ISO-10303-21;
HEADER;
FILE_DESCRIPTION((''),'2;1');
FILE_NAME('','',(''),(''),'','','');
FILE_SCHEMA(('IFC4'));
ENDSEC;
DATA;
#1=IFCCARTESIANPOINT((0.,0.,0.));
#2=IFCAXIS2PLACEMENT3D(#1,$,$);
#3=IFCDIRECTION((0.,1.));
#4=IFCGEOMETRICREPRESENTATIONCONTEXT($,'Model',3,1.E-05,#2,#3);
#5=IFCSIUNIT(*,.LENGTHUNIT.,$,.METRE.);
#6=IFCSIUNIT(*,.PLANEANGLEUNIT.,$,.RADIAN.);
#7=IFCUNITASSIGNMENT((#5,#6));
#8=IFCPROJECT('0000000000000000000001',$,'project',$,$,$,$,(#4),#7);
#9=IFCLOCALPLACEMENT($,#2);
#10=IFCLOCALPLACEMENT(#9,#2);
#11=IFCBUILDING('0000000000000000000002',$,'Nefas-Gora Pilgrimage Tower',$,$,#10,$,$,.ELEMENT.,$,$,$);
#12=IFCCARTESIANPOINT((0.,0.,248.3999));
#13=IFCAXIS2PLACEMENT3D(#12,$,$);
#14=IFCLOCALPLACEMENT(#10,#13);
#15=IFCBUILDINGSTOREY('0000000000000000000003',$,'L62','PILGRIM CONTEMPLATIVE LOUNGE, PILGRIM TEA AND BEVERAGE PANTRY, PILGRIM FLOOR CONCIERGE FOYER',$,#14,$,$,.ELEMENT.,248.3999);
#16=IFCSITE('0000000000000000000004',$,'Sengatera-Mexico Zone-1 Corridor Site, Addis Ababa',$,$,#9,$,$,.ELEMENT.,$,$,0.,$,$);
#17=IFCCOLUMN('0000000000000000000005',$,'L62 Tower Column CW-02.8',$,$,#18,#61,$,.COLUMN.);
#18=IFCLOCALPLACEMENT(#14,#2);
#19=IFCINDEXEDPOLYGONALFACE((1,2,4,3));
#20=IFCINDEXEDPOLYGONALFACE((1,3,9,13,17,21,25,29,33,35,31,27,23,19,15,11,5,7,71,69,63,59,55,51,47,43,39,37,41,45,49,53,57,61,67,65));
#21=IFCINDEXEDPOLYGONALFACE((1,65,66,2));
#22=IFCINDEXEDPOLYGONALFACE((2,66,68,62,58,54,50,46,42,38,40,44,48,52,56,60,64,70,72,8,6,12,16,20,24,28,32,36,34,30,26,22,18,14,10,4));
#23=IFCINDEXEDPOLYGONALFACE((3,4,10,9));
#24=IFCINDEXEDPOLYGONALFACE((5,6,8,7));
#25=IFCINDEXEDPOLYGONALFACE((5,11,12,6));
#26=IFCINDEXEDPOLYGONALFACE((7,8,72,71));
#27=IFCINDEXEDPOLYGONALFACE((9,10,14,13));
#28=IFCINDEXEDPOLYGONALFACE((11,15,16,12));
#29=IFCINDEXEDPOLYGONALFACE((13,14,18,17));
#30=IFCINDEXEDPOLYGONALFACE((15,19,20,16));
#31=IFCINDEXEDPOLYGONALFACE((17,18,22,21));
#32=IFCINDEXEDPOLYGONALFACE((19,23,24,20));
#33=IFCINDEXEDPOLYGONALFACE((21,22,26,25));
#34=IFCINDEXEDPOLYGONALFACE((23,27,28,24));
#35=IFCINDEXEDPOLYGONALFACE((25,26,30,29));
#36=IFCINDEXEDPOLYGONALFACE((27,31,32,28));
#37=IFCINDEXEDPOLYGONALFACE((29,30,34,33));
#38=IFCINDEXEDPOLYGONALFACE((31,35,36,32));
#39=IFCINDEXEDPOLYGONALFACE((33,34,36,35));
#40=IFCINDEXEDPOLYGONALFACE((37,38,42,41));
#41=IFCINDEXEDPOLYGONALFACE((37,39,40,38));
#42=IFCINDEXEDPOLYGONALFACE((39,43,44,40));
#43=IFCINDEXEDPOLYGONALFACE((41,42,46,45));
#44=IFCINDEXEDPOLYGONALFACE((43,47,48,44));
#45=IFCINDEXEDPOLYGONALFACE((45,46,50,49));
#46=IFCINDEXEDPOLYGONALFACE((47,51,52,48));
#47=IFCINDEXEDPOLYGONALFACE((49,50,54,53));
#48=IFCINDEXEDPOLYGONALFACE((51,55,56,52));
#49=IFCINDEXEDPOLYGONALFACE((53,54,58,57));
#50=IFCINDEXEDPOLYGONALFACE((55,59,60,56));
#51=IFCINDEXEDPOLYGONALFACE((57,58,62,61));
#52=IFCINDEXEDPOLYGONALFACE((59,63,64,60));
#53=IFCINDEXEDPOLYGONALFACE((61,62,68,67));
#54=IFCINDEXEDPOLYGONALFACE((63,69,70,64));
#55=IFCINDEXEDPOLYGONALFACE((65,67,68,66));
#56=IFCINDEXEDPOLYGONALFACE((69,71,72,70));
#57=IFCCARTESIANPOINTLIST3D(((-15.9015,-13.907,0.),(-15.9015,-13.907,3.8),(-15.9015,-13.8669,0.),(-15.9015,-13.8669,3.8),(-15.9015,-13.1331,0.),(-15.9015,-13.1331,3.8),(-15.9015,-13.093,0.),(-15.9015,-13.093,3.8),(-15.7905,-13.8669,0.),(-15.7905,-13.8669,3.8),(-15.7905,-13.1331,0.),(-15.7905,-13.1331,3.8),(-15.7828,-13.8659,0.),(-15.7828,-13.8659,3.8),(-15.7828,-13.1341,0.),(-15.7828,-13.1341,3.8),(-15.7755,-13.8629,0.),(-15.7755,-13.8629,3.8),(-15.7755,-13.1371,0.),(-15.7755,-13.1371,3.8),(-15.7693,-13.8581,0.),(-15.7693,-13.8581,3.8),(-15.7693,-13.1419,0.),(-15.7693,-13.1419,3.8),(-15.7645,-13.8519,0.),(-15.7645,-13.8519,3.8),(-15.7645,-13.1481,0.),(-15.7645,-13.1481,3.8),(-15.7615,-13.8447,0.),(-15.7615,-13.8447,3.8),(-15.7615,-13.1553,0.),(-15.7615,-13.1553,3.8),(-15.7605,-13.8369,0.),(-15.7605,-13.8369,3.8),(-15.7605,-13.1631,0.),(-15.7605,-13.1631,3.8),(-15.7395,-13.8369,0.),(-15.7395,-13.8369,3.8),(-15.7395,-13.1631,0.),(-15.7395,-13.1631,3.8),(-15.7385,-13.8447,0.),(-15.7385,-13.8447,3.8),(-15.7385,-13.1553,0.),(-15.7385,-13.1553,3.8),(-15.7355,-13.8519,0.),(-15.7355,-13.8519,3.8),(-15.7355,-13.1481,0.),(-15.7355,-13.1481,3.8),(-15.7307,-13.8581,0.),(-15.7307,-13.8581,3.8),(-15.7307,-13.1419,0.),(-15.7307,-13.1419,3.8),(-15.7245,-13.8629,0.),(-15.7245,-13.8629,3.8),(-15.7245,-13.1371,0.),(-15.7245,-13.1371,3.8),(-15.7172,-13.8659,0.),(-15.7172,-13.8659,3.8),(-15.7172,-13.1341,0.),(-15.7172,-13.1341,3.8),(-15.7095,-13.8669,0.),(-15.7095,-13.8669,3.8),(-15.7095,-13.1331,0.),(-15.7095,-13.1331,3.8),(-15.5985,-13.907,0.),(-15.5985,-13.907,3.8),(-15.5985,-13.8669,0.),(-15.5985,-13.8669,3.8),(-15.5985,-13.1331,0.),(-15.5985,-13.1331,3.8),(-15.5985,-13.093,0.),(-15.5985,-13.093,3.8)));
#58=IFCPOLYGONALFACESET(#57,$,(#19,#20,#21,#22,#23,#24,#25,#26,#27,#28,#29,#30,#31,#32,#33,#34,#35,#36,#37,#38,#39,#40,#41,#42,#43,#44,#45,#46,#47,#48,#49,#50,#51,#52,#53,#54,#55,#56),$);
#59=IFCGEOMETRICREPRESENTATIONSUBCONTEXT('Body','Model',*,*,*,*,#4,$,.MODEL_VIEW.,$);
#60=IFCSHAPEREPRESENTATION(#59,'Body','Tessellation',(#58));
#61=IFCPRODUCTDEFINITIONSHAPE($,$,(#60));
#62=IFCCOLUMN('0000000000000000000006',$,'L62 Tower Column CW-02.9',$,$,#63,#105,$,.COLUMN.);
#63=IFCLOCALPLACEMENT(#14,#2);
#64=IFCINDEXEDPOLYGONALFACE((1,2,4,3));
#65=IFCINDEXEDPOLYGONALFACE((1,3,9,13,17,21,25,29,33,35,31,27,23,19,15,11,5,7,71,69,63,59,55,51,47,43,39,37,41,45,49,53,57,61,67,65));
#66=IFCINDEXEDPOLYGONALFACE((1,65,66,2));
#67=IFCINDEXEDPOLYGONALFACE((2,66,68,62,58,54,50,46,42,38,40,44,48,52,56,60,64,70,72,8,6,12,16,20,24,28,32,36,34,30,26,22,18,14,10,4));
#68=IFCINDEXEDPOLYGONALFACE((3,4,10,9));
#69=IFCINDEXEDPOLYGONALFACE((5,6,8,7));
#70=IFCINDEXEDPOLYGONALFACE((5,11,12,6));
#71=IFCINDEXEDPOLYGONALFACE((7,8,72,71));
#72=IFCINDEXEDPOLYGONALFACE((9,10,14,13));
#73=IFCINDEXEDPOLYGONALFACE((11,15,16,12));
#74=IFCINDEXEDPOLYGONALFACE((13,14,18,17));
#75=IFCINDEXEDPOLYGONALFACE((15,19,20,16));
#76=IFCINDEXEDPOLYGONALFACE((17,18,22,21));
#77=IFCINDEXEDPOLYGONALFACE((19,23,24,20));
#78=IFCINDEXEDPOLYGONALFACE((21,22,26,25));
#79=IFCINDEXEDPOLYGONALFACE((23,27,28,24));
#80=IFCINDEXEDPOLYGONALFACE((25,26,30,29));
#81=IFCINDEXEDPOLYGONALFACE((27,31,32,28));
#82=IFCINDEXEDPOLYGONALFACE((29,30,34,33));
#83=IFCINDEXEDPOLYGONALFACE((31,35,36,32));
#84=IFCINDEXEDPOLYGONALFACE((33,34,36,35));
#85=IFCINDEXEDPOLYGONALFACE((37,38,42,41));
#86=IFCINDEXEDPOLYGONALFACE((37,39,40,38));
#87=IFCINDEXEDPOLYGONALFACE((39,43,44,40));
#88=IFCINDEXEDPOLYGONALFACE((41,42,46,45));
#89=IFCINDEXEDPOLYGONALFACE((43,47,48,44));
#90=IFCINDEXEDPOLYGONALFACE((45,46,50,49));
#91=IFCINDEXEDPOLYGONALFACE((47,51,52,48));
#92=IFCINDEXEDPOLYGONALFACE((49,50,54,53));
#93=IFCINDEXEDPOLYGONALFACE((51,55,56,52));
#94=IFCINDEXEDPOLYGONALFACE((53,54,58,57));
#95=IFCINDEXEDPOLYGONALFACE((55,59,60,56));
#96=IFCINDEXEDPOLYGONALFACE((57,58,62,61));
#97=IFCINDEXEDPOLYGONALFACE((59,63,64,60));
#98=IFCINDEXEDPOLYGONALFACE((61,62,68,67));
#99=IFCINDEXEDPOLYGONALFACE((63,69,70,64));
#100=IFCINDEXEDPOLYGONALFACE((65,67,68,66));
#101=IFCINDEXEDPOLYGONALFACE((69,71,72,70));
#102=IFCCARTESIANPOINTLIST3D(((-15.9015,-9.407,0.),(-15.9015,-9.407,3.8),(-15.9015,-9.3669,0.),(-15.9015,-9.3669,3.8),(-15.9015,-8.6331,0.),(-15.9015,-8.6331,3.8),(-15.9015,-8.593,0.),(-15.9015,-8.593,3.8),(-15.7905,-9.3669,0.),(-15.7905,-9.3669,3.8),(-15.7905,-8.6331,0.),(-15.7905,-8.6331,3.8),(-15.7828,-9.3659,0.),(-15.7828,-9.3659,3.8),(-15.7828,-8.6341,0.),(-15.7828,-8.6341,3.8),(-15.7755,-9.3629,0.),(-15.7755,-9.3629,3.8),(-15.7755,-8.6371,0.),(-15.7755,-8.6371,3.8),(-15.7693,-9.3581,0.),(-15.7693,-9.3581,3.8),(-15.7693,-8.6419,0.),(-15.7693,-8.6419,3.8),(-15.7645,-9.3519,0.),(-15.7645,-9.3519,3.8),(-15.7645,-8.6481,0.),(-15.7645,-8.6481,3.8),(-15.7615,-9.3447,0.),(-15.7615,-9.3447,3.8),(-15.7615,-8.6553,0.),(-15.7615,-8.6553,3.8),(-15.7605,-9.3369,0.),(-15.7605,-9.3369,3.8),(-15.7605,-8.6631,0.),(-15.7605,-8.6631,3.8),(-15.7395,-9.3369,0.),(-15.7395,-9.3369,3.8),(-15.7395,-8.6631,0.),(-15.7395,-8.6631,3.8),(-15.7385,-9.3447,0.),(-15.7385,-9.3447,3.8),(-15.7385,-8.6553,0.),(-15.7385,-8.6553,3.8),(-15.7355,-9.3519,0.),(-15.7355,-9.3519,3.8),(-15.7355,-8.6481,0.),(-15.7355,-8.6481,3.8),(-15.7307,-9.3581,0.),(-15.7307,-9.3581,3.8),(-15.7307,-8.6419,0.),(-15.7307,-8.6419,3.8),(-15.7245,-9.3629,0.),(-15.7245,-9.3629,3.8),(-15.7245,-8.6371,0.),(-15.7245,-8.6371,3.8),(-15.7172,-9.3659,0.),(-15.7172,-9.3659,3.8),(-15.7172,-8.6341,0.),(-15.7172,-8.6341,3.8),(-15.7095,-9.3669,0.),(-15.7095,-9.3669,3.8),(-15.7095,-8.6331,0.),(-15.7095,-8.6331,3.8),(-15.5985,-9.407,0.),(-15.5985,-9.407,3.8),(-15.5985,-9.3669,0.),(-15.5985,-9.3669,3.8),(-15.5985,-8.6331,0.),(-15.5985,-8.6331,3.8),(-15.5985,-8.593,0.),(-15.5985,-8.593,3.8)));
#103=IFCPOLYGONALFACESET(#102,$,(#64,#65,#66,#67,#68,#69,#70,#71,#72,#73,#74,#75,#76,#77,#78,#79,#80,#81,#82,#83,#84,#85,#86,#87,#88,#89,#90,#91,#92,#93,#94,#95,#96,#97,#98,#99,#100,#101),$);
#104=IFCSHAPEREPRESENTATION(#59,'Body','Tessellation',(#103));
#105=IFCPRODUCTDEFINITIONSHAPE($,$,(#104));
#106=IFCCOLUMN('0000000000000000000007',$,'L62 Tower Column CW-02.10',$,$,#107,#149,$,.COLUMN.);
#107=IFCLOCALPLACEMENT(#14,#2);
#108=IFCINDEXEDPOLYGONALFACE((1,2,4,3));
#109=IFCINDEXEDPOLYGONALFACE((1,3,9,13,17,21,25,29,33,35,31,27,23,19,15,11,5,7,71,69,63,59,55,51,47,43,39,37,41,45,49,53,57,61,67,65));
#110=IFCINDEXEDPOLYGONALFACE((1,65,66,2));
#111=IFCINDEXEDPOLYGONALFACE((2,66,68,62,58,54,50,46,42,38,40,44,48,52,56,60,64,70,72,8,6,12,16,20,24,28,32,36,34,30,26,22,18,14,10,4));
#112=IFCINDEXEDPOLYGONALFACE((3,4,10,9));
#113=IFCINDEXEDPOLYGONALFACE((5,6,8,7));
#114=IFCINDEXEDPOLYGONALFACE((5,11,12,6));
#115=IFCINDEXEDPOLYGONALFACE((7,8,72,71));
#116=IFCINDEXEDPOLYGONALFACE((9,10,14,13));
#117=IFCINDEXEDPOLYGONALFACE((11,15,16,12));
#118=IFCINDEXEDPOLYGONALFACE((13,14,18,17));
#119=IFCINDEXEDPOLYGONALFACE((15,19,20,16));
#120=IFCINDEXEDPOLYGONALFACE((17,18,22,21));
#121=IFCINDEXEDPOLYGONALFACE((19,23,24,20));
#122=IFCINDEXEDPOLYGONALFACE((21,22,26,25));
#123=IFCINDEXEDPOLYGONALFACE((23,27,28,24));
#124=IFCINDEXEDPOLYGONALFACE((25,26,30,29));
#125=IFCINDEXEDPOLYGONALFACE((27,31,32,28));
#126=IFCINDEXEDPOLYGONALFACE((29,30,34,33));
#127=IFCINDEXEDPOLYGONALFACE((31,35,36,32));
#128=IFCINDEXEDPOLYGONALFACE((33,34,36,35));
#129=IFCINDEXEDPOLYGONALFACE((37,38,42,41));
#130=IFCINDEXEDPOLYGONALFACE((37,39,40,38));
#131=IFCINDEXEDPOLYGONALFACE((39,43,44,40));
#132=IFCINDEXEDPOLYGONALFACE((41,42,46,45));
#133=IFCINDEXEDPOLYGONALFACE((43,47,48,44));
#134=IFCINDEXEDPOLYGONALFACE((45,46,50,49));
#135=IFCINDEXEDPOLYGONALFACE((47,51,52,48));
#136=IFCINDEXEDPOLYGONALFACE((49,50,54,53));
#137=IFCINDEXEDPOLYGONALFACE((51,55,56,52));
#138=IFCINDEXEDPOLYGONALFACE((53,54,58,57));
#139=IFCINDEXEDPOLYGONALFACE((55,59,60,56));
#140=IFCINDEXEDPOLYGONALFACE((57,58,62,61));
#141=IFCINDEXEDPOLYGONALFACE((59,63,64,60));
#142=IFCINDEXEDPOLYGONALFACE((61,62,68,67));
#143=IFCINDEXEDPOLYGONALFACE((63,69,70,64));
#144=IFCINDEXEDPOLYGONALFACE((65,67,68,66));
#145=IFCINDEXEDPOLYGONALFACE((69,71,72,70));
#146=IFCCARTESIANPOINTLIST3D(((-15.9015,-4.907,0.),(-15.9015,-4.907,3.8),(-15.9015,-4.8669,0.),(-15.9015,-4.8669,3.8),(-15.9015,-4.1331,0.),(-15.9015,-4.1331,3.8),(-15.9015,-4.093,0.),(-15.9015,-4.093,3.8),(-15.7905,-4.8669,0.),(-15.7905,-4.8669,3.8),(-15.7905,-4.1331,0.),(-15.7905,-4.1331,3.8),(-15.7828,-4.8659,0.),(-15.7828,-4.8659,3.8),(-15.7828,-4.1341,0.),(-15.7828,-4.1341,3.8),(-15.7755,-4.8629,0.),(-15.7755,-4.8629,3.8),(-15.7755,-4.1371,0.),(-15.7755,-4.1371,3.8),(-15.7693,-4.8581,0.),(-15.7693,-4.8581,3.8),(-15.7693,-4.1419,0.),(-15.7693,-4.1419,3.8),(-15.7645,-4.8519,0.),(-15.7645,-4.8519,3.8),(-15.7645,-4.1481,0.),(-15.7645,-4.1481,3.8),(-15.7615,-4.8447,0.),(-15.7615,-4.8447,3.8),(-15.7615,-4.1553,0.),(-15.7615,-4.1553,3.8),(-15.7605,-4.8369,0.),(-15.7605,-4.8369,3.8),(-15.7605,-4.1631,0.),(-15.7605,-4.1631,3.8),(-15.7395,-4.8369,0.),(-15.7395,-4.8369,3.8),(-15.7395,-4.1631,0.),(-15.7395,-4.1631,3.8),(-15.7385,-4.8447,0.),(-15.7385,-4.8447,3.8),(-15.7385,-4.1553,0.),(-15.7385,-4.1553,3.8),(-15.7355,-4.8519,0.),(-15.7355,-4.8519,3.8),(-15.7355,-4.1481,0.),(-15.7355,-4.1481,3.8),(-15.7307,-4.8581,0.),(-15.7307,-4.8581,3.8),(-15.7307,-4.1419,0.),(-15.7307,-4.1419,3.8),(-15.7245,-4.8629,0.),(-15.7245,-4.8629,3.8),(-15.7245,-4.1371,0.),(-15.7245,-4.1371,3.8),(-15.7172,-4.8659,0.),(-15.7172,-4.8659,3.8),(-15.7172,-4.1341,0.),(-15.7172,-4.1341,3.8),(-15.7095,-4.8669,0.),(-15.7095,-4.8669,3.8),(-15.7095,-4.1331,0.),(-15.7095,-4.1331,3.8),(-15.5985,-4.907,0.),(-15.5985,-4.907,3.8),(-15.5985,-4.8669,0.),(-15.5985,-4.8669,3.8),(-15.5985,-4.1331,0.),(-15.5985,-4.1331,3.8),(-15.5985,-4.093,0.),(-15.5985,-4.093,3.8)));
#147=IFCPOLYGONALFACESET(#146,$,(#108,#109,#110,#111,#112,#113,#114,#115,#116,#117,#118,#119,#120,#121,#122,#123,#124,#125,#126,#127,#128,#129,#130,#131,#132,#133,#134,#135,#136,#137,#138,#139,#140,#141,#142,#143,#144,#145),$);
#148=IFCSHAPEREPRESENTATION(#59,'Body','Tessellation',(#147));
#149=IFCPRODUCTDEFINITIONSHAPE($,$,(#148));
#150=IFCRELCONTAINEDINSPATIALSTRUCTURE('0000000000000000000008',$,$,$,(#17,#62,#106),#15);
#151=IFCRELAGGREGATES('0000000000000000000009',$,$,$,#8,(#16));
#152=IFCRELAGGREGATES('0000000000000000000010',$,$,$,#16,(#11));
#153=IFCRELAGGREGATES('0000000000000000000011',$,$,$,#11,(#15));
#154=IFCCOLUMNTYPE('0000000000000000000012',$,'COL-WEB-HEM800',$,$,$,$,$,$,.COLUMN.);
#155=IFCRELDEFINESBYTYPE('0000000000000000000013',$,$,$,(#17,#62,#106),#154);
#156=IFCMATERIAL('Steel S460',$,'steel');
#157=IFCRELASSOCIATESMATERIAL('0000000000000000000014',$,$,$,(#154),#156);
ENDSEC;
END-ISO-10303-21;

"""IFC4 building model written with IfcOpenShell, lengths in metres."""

from ifc_helpers import new_model, si_unit, direction, frame, origin, origin_2d, place, context, subcontext, project, spatial, i_section, extrude, source, transform, mapped, material, material_profile, profile_set, type_object, element, save


model = new_model("IFC4")

# Units and contexts
model_context = context("Model", 3, precision=1e-05, world=origin(), true_north=direction((0.0, 1.0)))
body_context = subcontext(model_context, "Body", "Model", "MODEL_VIEW")
ifc_project = project(units=[si_unit("LENGTHUNIT", "METRE"), si_unit("PLANEANGLEUNIT", "RADIAN")], contexts=[model_context])

# Site, building, storey
site_placement = place(None, origin())
site = spatial("IfcSite", under=ifc_project, at=site_placement, Name="Sengatera-Mexico Zone-1 Corridor Site, Addis Ababa", CompositionType="ELEMENT", RefElevation=0.0)
building_placement = place(site_placement, origin())
building = spatial("IfcBuilding", under=site, at=building_placement, Name="Nefas-Gora Pilgrimage Tower", CompositionType="ELEMENT")
storey_placement = place(building_placement, frame((0.0, 0.0, 248.3999)))
storey = spatial("IfcBuildingStorey", under=building, at=storey_placement, Name="L62", Description="PILGRIM CONTEMPLATIVE LOUNGE, PILGRIM TEA AND BEVERAGE PANTRY, PILGRIM FLOOR CONCIERGE FOYER", CompositionType="ELEMENT", Elevation=248.3999)

# Columns
ifc_material_1 = material(Name="Steel S460", Category="steel")
ifc_material_profile_1 = material_profile(ifc_material_1, i_section(OverallWidth=0.303, OverallDepth=0.814, WebThickness=0.021, FlangeThickness=0.04, FilletRadius=0.03, at=origin_2d()), Name="HEM 800")
ifc_profile_set_1 = profile_set([ifc_material_profile_1], Name="Steel S460")
column_type_1 = type_object("IfcColumnType", Name="COL-WEB-HEM800", PredefinedType="COLUMN", material=ifc_profile_set_1)
shared_shape_1 = source(origin(), body_context, "Body", "SweptSolid", [
    extrude(i_section(OverallWidth=0.303, OverallDepth=0.814, WebThickness=0.021, FlangeThickness=0.04, FilletRadius=0.03, at=origin_2d()), origin(), (0.0, 0.0, 1.0), 3.8),
])
for number, where, z_axis, x_axis, name in (
    (1, (-15.75, -13.5, 0.0), (0.0, 0.0, 1.0), (1.0, 0.0, 0.0), "L62 Tower Column CW-02.8"),
    (2, (-15.75, -9.0, 0.0), (0.0, 0.0, 1.0), (1.0, 0.0, 0.0), "L62 Tower Column CW-02.9"),
    (3, (-15.75, -4.5, 0.0), (0.0, 0.0, 1.0), (1.0, 0.0, 0.0), "L62 Tower Column CW-02.10"),
):
    element("IfcColumn", number, at=place(storey_placement, frame(where, z_axis=z_axis, x_axis=x_axis)), inside=storey, type_object=column_type_1, Name=name, PredefinedType="COLUMN", context=body_context, shape_type="MappedRepresentation", body=[
        mapped(shared_shape_1, transform((0.0, 0.0, 0.0), x_axis=(1.0, 0.0, 0.0), y_axis=(0.0, 1.0, 0.0), z_axis=(0.0, 0.0, 1.0), scale=1.0)),
    ])

save(model, "model.ifc")
